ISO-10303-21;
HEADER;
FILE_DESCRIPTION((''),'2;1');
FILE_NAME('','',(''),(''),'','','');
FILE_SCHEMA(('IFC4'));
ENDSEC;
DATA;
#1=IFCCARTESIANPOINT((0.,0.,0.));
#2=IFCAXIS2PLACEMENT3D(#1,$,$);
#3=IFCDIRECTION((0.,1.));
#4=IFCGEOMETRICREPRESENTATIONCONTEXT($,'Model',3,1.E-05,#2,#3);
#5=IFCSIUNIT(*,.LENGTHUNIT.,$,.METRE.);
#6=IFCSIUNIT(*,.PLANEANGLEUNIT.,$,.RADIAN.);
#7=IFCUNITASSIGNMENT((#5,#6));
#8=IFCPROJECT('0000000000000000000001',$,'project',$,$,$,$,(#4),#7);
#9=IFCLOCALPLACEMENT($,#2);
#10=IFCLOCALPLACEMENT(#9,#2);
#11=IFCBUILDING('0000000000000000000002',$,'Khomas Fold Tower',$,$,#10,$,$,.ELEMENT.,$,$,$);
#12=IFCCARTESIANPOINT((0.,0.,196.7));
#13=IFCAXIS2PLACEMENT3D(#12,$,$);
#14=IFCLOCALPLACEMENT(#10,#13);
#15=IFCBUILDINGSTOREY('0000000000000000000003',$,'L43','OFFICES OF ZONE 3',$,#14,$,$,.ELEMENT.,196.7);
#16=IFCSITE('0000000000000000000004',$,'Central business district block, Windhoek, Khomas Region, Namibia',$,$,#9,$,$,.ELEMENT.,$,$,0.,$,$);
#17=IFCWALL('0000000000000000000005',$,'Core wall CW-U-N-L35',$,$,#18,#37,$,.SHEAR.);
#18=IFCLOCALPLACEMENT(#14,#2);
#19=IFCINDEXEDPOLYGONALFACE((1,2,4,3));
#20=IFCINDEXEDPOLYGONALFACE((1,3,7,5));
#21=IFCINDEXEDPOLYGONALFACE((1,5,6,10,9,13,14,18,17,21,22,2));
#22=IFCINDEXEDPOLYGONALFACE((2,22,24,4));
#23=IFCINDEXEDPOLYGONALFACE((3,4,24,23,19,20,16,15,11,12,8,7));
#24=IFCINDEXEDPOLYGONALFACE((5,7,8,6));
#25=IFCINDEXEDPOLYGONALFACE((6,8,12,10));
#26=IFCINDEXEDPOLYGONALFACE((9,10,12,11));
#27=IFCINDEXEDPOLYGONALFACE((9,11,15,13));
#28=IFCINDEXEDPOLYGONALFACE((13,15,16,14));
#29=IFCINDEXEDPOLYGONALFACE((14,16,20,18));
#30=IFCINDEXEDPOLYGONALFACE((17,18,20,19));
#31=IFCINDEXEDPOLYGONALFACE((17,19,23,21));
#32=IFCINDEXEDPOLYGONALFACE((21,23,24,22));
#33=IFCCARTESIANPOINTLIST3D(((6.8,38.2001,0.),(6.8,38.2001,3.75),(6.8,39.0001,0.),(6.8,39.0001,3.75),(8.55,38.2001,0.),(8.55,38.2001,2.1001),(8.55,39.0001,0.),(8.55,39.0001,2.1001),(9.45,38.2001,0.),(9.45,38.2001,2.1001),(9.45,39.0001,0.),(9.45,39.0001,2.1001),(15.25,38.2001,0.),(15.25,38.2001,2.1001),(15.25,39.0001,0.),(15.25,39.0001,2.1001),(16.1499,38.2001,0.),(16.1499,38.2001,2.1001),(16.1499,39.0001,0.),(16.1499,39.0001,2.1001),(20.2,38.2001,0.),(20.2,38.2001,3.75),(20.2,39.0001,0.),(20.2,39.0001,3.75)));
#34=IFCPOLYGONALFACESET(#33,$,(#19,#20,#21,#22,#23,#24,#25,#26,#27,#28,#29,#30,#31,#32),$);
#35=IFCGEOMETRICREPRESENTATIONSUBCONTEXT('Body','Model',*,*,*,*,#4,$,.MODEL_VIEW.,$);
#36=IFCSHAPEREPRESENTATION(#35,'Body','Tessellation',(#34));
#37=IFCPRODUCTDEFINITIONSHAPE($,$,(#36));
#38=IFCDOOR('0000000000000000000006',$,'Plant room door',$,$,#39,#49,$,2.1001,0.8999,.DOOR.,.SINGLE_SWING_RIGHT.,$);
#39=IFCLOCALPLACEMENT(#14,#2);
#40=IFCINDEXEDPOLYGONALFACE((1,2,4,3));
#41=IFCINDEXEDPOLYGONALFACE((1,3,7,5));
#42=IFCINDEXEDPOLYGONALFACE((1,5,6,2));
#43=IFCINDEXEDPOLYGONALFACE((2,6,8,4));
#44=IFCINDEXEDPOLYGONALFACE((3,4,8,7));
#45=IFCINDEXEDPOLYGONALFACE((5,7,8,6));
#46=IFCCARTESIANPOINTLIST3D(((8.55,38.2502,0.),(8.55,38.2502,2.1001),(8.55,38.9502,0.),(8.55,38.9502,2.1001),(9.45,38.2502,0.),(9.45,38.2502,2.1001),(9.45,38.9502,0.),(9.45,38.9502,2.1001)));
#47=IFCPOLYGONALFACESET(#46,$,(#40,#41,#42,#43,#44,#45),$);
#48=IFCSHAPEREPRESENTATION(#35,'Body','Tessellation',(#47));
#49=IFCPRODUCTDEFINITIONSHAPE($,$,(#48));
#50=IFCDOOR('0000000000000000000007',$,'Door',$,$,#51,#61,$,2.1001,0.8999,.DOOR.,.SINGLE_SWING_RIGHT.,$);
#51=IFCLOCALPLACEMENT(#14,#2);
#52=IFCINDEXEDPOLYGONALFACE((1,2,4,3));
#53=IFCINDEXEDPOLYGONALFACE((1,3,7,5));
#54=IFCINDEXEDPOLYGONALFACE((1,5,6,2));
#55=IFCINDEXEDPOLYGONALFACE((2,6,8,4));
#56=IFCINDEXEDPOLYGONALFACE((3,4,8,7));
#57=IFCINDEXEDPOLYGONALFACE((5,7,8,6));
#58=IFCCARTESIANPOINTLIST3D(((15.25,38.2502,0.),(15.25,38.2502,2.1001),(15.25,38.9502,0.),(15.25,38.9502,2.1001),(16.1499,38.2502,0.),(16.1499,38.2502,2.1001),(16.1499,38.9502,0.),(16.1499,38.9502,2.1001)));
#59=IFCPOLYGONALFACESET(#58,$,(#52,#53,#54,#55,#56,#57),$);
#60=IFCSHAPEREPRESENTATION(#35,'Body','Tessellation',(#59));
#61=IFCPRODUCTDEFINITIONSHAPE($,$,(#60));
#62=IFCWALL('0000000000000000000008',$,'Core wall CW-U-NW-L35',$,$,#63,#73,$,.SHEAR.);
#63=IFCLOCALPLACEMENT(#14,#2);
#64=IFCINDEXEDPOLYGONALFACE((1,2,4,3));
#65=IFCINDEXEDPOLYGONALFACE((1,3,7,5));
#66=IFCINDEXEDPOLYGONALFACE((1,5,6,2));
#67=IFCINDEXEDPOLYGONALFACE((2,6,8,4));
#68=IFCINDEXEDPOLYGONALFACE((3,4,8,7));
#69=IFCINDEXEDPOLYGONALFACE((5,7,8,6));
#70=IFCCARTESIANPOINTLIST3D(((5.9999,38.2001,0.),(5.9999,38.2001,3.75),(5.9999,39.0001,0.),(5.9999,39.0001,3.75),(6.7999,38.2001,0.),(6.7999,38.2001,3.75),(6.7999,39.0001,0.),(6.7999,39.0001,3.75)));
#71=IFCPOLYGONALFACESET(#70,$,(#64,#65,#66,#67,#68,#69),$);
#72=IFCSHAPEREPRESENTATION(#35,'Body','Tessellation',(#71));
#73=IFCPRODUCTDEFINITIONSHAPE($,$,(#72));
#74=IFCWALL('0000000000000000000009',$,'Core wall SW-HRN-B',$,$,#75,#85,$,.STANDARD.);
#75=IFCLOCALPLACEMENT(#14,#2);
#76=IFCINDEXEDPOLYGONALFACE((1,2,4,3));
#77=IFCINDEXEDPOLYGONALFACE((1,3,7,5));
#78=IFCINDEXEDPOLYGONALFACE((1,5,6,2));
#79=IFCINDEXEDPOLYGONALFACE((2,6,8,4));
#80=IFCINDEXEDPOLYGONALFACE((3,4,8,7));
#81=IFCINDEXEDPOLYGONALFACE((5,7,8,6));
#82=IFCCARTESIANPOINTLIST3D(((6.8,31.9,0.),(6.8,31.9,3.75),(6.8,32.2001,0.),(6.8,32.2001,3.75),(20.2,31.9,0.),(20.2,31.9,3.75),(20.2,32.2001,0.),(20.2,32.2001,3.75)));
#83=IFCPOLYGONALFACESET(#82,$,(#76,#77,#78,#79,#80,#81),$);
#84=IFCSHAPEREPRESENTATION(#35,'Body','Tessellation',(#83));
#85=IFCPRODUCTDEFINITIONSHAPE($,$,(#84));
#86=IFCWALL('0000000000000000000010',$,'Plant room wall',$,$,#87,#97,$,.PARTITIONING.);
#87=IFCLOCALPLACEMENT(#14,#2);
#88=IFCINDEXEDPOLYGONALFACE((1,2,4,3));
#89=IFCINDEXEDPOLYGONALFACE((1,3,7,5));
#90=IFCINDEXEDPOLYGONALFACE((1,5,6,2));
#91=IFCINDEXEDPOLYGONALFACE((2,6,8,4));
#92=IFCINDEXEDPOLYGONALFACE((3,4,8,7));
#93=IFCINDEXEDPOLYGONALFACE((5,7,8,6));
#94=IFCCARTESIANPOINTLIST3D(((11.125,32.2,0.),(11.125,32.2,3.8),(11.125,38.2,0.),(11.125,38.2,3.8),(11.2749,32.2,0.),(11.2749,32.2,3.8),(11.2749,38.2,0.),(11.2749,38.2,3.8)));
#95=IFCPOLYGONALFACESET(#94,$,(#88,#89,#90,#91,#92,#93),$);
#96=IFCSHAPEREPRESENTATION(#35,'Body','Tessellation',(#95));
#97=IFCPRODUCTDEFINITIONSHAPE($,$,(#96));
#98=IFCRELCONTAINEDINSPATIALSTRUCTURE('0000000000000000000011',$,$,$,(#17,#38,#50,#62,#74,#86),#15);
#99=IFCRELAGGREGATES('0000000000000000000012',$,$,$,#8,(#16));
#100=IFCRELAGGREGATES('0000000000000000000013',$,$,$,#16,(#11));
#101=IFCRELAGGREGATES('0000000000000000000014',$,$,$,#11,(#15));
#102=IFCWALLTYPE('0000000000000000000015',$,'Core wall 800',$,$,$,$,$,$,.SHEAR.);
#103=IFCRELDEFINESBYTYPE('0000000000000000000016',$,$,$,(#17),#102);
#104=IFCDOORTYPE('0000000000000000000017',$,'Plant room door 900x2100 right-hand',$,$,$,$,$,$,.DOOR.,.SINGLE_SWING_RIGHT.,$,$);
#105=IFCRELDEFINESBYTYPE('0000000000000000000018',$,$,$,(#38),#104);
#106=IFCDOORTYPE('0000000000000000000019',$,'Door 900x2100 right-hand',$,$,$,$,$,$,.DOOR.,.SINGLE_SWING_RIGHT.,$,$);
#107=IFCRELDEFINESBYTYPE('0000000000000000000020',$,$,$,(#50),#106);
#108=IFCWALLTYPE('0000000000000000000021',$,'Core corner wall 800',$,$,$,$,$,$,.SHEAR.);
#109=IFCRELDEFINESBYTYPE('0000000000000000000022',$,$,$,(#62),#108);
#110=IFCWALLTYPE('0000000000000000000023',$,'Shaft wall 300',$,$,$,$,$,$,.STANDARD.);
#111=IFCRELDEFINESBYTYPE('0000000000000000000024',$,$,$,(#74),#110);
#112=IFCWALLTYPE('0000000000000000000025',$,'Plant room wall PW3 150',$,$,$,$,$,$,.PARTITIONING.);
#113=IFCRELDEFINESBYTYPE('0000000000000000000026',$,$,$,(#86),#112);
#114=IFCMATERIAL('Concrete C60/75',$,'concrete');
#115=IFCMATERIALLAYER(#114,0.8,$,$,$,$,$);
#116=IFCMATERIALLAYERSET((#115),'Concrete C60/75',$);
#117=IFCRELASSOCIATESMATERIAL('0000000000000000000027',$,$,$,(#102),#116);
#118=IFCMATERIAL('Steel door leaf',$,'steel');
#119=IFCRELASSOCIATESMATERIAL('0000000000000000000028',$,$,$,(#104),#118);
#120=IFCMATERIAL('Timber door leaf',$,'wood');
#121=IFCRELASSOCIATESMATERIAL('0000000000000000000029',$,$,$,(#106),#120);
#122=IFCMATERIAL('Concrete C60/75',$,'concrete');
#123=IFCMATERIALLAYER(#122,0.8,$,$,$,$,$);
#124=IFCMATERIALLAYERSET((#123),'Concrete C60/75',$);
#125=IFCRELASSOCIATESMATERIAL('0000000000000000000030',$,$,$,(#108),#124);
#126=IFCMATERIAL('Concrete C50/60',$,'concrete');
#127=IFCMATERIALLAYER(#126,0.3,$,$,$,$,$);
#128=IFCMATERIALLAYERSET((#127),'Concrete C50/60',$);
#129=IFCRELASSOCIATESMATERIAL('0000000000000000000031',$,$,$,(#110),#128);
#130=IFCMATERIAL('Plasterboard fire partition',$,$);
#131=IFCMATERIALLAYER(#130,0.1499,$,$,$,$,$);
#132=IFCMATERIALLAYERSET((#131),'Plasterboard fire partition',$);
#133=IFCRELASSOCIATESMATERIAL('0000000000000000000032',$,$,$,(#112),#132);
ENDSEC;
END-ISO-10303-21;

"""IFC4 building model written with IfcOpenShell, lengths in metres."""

from ifc_helpers import new_model, si_unit, direction, frame, frame_2d, origin, place, context, subcontext, project, spatial, rectangle, extrude, source, transform, mapped, material, layer, layer_set, type_object, element, fill, save


model = new_model("IFC4")

# Units and contexts
model_context = context("Model", 3, precision=1e-05, world=origin(), true_north=direction((0.0, 1.0)))
body_context = subcontext(model_context, "Body", "Model", "MODEL_VIEW")
ifc_project = project(units=[si_unit("LENGTHUNIT", "METRE"), si_unit("PLANEANGLEUNIT", "RADIAN")], contexts=[model_context])

# Site, building, storey
site_placement = place(None, origin())
site = spatial("IfcSite", under=ifc_project, at=site_placement, Name="Central business district block, Windhoek, Khomas Region, Namibia", CompositionType="ELEMENT", RefElevation=0.0)
building_placement = place(site_placement, origin())
building = spatial("IfcBuilding", under=site, at=building_placement, Name="Khomas Fold Tower", CompositionType="ELEMENT")
storey_placement = place(building_placement, frame((0.0, 0.0, 196.7)))
storey = spatial("IfcBuildingStorey", under=building, at=storey_placement, Name="L43", Description="OFFICES OF ZONE 3", CompositionType="ELEMENT", Elevation=196.7)

# Wall, openings, doors
ifc_material_1 = material(Name="Concrete C60/75", Category="concrete")
ifc_layer_1 = layer(ifc_material_1, 0.8)
ifc_layer_set_1 = layer_set([ifc_layer_1], Name="Concrete C60/75")
wall_type_1 = type_object("IfcWallType", Name="Core wall 800", PredefinedType="SHEAR", material=ifc_layer_set_1)
shared_shape_1 = source(origin(), body_context, "Body", "SweptSolid", [
    extrude(rectangle(XDim=13.3999, YDim=0.8, at=frame_2d((6.7, 0.0))), origin(), (0.0, 0.0, 1.0), 3.75),
])
wall_1_placement = place(storey_placement, frame((6.8, 38.6001, 0.0), z_axis=(0.0, 0.0, 1.0), x_axis=(1.0, 0.0, 0.0)))
wall_1 = element("IfcWall", 1, at=wall_1_placement, inside=storey, type_object=wall_type_1, Name="Core wall CW-U-N-L35", PredefinedType="SHEAR", context=body_context, shape_type="MappedRepresentation", body=[
    mapped(shared_shape_1, transform((0.0, 0.0, 0.0))),
])
shared_shape_2 = source(origin(), body_context, "Body", "SweptSolid", [
    extrude(rectangle(XDim=0.8999, YDim=2.1001, at=frame_2d((0.45, 1.05))), frame((0.0, 0.4099, 0.0), z_axis=(0.0, -1.0, 0.0), x_axis=(1.0, 0.0, 0.0)), (0.0, 0.0, 1.0), 0.8201),
])
opening_1_placement = place(wall_1_placement, frame((1.75, 0.0, 0.0)))
opening_1 = element("IfcOpeningElement", 2, at=opening_1_placement, cuts=wall_1, PredefinedType="OPENING", context=body_context, shape_type="MappedRepresentation", body=[
    mapped(shared_shape_2, transform((0.0, 0.0, 0.0))),
])
opening_2_placement = place(wall_1_placement, frame((8.45, 0.0, 0.0)))
opening_2 = element("IfcOpeningElement", 3, at=opening_2_placement, cuts=wall_1, PredefinedType="OPENING", context=body_context, shape_type="MappedRepresentation", body=[
    mapped(shared_shape_2, transform((0.0, 0.0, 0.0))),
])
ifc_material_2 = material(Name="Steel door leaf", Category="steel")
door_type_1 = type_object("IfcDoorType", Name="Plant room door 900x2100 right-hand", OperationType="SINGLE_SWING_RIGHT", PredefinedType="DOOR", material=ifc_material_2)
shared_shape_3 = source(origin(), body_context, "Body", "SweptSolid", [
    extrude(rectangle(XDim=0.8999, YDim=2.1001, at=frame_2d((0.45, 1.05))), frame((0.0, 0.3501, 0.0), z_axis=(0.0, -1.0, 0.0), x_axis=(1.0, 0.0, 0.0)), (0.0, 0.0, 1.0), 0.7),
])
door_1_placement = place(opening_1_placement, origin())
door_1 = element("IfcDoor", 4, at=door_1_placement, inside=storey, type_object=door_type_1, Name="Plant room door", OperationType="SINGLE_SWING_RIGHT", OverallHeight=2.1001, OverallWidth=0.8999, PredefinedType="DOOR", context=body_context, shape_type="MappedRepresentation", body=[
    mapped(shared_shape_3, transform((0.0, 0.0, 0.0))),
])
fill(opening_1, door_1)
ifc_material_3 = material(Name="Timber door leaf", Category="wood")
door_type_2 = type_object("IfcDoorType", Name="Door 900x2100 right-hand", OperationType="SINGLE_SWING_RIGHT", PredefinedType="DOOR", material=ifc_material_3)
door_2_placement = place(opening_2_placement, origin())
door_2 = element("IfcDoor", 5, at=door_2_placement, inside=storey, type_object=door_type_2, Name="Door", OperationType="SINGLE_SWING_RIGHT", OverallHeight=2.1001, OverallWidth=0.8999, PredefinedType="DOOR", context=body_context, shape_type="MappedRepresentation", body=[
    mapped(shared_shape_3, transform((0.0, 0.0, 0.0))),
])
fill(opening_2, door_2)

# Walls
ifc_material_4 = material(Name="Concrete C60/75", Category="concrete")
ifc_layer_2 = layer(ifc_material_4, 0.8)
ifc_layer_set_2 = layer_set([ifc_layer_2], Name="Concrete C60/75")
wall_type_2 = type_object("IfcWallType", Name="Core corner wall 800", PredefinedType="SHEAR", material=ifc_layer_set_2)
shared_shape_4 = source(origin(), body_context, "Body", "SweptSolid", [
    extrude(rectangle(XDim=0.8, YDim=0.8, at=frame_2d((0.3999, 0.0))), origin(), (0.0, 0.0, 1.0), 3.75),
])
wall_2_placement = place(storey_placement, frame((6.0, 38.6001, 0.0), z_axis=(0.0, 0.0, 1.0), x_axis=(1.0, 0.0, 0.0)))
element("IfcWall", 6, at=wall_2_placement, inside=storey, type_object=wall_type_2, Name="Core wall CW-U-NW-L35", PredefinedType="SHEAR", context=body_context, shape_type="MappedRepresentation", body=[
    mapped(shared_shape_4, transform((0.0, 0.0, 0.0))),
])
ifc_material_5 = material(Name="Concrete C50/60", Category="concrete")
ifc_layer_3 = layer(ifc_material_5, 0.3)
ifc_layer_set_3 = layer_set([ifc_layer_3], Name="Concrete C50/60")
wall_type_3 = type_object("IfcWallType", Name="Shaft wall 300", PredefinedType="STANDARD", material=ifc_layer_set_3)
shared_shape_5 = source(origin(), body_context, "Body", "SweptSolid", [
    extrude(rectangle(XDim=13.3999, YDim=0.3, at=frame_2d((6.7, 0.0))), origin(), (0.0, 0.0, 1.0), 3.75),
])
wall_3_placement = place(storey_placement, frame((6.8, 32.05, 0.0), z_axis=(0.0, 0.0, 1.0), x_axis=(1.0, 0.0, 0.0)))
element("IfcWall", 7, at=wall_3_placement, inside=storey, type_object=wall_type_3, Name="Core wall SW-HRN-B", PredefinedType="STANDARD", context=body_context, shape_type="MappedRepresentation", body=[
    mapped(shared_shape_5, transform((0.0, 0.0, 0.0))),
])
ifc_material_6 = material(Name="Plasterboard fire partition")
ifc_layer_4 = layer(ifc_material_6, 0.1499)
ifc_layer_set_4 = layer_set([ifc_layer_4], Name="Plasterboard fire partition")
wall_type_4 = type_object("IfcWallType", Name="Plant room wall PW3 150", PredefinedType="PARTITIONING", material=ifc_layer_set_4)
shared_shape_6 = source(origin(), body_context, "Body", "SweptSolid", [
    extrude(rectangle(XDim=6.0, YDim=0.1499, at=frame_2d((3.0, 0.0))), origin(), (0.0, 0.0, 1.0), 3.8),
])
wall_4_placement = place(storey_placement, frame((11.2, 32.2, 0.0), z_axis=(0.0, 0.0, 1.0), x_axis=(0.0, 1.0, 0.0)))
element("IfcWall", 8, at=wall_4_placement, inside=storey, type_object=wall_type_4, Name="Plant room wall", PredefinedType="PARTITIONING", context=body_context, shape_type="MappedRepresentation", body=[
    mapped(shared_shape_6, transform((0.0, 0.0, 0.0))),
])

save(model, "model.ifc")
